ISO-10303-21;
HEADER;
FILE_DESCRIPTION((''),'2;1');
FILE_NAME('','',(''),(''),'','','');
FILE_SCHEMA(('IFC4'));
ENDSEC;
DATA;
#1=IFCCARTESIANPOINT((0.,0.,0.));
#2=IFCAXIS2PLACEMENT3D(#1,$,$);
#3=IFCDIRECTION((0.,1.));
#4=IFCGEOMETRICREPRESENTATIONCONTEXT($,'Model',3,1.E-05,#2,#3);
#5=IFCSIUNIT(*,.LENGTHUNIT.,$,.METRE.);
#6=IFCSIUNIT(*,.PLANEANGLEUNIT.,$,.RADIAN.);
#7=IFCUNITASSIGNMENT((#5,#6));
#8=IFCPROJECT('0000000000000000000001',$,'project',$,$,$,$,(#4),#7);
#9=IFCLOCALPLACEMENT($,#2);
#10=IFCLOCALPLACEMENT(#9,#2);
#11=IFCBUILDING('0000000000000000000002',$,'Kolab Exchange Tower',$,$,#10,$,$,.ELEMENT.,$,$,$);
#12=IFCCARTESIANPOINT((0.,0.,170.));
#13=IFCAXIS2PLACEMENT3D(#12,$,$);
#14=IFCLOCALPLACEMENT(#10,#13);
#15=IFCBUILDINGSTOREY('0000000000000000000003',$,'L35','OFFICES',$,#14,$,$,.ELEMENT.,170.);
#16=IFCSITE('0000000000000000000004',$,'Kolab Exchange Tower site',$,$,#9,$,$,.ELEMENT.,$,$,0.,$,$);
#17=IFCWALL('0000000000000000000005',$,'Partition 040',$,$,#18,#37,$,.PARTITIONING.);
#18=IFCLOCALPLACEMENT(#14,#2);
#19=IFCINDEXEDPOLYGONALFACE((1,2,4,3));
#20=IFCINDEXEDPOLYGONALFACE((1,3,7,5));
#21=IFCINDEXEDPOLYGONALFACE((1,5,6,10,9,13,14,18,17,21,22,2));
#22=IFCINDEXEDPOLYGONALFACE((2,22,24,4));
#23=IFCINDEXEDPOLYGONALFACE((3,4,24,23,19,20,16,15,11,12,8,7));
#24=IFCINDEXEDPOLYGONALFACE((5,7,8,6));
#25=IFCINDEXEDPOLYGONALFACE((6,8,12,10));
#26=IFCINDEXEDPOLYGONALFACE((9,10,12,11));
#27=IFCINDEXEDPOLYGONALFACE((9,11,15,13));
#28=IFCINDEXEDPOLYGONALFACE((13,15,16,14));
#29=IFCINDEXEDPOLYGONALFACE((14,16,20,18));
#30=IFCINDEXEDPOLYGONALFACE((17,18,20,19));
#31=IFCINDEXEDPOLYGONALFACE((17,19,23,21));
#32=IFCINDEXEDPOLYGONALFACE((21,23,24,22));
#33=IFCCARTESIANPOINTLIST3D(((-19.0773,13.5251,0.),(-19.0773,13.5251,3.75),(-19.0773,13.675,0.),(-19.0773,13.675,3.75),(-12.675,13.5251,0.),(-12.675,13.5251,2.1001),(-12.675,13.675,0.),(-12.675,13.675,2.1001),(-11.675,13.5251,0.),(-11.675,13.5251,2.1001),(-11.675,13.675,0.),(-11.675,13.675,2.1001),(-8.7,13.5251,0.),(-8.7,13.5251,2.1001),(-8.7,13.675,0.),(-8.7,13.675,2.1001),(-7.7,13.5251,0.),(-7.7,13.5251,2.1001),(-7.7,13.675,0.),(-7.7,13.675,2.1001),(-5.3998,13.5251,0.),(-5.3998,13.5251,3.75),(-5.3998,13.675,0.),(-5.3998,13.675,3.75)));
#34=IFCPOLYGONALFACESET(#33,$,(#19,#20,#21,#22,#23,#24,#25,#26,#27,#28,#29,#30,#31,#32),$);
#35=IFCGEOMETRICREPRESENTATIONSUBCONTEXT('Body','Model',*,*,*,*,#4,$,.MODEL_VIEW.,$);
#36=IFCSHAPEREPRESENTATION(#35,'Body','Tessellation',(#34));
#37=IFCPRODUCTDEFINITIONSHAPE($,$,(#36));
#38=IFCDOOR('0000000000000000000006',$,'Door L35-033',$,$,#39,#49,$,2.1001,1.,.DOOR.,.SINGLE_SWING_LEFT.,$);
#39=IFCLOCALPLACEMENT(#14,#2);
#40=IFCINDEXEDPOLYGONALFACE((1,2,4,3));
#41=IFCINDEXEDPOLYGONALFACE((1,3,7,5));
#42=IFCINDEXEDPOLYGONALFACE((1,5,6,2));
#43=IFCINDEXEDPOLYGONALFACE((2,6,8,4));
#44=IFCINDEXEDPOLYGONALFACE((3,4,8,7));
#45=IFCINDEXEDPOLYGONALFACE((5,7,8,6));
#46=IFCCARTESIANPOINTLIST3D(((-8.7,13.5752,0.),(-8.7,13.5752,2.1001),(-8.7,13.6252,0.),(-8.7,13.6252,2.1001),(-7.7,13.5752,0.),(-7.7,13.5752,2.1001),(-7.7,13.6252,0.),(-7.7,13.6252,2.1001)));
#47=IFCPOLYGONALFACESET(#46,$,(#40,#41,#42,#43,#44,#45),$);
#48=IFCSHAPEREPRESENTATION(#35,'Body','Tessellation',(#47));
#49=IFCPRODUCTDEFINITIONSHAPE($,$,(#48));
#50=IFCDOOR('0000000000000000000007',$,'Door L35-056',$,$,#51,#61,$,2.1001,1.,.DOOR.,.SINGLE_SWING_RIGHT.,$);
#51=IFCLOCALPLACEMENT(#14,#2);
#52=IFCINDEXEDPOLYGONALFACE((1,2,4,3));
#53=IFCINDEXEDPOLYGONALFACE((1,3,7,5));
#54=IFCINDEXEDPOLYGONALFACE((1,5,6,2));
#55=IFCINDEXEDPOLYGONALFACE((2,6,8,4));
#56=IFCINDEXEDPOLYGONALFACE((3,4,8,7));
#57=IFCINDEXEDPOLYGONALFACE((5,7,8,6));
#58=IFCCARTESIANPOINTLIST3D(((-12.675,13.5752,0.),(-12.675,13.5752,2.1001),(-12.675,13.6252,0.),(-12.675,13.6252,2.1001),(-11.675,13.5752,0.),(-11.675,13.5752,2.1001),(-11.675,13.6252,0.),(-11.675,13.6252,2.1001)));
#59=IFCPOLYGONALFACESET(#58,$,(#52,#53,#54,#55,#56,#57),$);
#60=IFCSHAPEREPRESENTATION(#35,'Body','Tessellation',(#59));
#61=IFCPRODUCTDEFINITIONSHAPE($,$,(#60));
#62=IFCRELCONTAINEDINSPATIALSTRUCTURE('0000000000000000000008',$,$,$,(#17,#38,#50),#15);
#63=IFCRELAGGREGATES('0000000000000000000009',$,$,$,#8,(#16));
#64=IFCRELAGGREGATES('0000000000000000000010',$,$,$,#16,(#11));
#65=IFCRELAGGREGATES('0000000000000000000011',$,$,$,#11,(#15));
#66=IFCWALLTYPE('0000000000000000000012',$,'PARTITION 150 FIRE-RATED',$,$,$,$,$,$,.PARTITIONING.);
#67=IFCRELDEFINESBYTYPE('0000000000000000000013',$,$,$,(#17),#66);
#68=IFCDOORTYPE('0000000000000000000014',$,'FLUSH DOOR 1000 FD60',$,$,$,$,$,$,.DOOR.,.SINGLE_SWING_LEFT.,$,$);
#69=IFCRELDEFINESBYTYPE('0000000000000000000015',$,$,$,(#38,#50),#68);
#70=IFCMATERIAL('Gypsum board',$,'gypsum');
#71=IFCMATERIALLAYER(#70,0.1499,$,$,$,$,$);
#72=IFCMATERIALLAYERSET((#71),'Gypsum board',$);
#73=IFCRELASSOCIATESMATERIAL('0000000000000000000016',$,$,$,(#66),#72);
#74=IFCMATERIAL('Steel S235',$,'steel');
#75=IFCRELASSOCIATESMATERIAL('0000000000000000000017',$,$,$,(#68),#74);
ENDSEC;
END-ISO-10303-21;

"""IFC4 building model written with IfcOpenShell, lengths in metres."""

from ifc_helpers import new_model, si_unit, direction, frame, frame_2d, origin, place, context, subcontext, project, spatial, rectangle, extrude, material, layer, layer_set, type_object, element, fill, save


model = new_model("IFC4")

# Units and contexts
model_context = context("Model", 3, precision=1e-05, world=origin(), true_north=direction((0.0, 1.0)))
body_context = subcontext(model_context, "Body", "Model", "MODEL_VIEW")
ifc_project = project(units=[si_unit("LENGTHUNIT", "METRE"), si_unit("PLANEANGLEUNIT", "RADIAN")], contexts=[model_context])

# Site, building, storey
site_placement = place(None, origin())
site = spatial("IfcSite", under=ifc_project, at=site_placement, Name="Kolab Exchange Tower site", CompositionType="ELEMENT", RefElevation=0.0)
building_placement = place(site_placement, origin())
building = spatial("IfcBuilding", under=site, at=building_placement, Name="Kolab Exchange Tower", CompositionType="ELEMENT")
storey_placement = place(building_placement, frame((0.0, 0.0, 170.0)))
storey = spatial("IfcBuildingStorey", under=building, at=storey_placement, Name="L35", Description="OFFICES", CompositionType="ELEMENT", Elevation=170.0)

# Shared definitions
ifc_material_1 = material(Name="Gypsum board", Category="gypsum")

# Wall, openings, doors
ifc_layer_1 = layer(ifc_material_1, 0.1499)
ifc_layer_set_1 = layer_set([ifc_layer_1], Name="Gypsum board")
wall_type_1 = type_object("IfcWallType", Name="PARTITION 150 FIRE-RATED", PredefinedType="PARTITIONING", material=ifc_layer_set_1)
wall_1_placement = place(storey_placement, frame((-19.0774, 13.6001, 0.0), z_axis=(0.0, 0.0, 1.0), x_axis=(1.0, 0.0, 0.0)))
wall_1 = element("IfcWall", 1, at=wall_1_placement, inside=storey, type_object=wall_type_1, Name="Partition 040", PredefinedType="PARTITIONING", context=body_context, shape_type="SweptSolid", body=[
    extrude(rectangle(XDim=13.6775, YDim=0.1499, at=frame_2d((6.8389, 0.0))), origin(), (0.0, 0.0, 1.0), 3.75),
])
opening_1_placement = place(wall_1_placement, frame((10.3774, 0.0, 0.0)))
opening_1 = element("IfcOpeningElement", 2, at=opening_1_placement, cuts=wall_1, PredefinedType="OPENING", context=body_context, shape_type="SweptSolid", body=[
    extrude(rectangle(XDim=1.0, YDim=2.1001, at=frame_2d((0.5, 1.05))), frame((0.0, 0.085, 0.0), z_axis=(0.0, -1.0, 0.0), x_axis=(1.0, 0.0, 0.0)), (0.0, 0.0, 1.0), 0.1699),
])
opening_2_placement = place(wall_1_placement, frame((6.4023, 0.0, 0.0)))
opening_2 = element("IfcOpeningElement", 3, at=opening_2_placement, cuts=wall_1, PredefinedType="OPENING", context=body_context, shape_type="SweptSolid", body=[
    extrude(rectangle(XDim=1.0, YDim=2.1001, at=frame_2d((0.5, 1.05))), frame((0.0, 0.085, 0.0), z_axis=(0.0, -1.0, 0.0), x_axis=(1.0, 0.0, 0.0)), (0.0, 0.0, 1.0), 0.1699),
])
ifc_material_2 = material(Name="Steel S235", Category="steel")
door_type = type_object("IfcDoorType", Name="FLUSH DOOR 1000 FD60", OperationType="SINGLE_SWING_LEFT", PredefinedType="DOOR", material=ifc_material_2)
door_1_placement = place(opening_1_placement, frame((1.0, 0.0, 0.0), z_axis=(0.0, 0.0, 1.0), x_axis=(-1.0, 0.0, 0.0)))
door_1 = element("IfcDoor", 4, at=door_1_placement, inside=storey, type_object=door_type, Name="Door L35-033", OperationType="SINGLE_SWING_LEFT", OverallHeight=2.1001, OverallWidth=1.0, PredefinedType="DOOR", context=body_context, shape_type="SweptSolid", body=[
    extrude(rectangle(XDim=1.0, YDim=2.1001, at=frame_2d((0.5, 1.05))), frame((0.0, 0.0249, 0.0), z_axis=(0.0, -1.0, 0.0), x_axis=(1.0, 0.0, 0.0)), (0.0, 0.0, 1.0), 0.05),
])
fill(opening_1, door_1)
door_2_placement = place(opening_2_placement, frame((1.0, 0.0, 0.0), z_axis=(0.0, 0.0, 1.0), x_axis=(-1.0, 0.0, 0.0)))
door_2 = element("IfcDoor", 5, at=door_2_placement, inside=storey, type_object=door_type, Name="Door L35-056", OperationType="SINGLE_SWING_RIGHT", OverallHeight=2.1001, OverallWidth=1.0, PredefinedType="DOOR", context=body_context, shape_type="SweptSolid", body=[
    extrude(rectangle(XDim=1.0, YDim=2.1001, at=frame_2d((0.5, 1.05))), frame((0.0, 0.0249, 0.0), z_axis=(0.0, -1.0, 0.0), x_axis=(1.0, 0.0, 0.0)), (0.0, 0.0, 1.0), 0.05),
])
fill(opening_2, door_2)

save(model, "model.ifc")
